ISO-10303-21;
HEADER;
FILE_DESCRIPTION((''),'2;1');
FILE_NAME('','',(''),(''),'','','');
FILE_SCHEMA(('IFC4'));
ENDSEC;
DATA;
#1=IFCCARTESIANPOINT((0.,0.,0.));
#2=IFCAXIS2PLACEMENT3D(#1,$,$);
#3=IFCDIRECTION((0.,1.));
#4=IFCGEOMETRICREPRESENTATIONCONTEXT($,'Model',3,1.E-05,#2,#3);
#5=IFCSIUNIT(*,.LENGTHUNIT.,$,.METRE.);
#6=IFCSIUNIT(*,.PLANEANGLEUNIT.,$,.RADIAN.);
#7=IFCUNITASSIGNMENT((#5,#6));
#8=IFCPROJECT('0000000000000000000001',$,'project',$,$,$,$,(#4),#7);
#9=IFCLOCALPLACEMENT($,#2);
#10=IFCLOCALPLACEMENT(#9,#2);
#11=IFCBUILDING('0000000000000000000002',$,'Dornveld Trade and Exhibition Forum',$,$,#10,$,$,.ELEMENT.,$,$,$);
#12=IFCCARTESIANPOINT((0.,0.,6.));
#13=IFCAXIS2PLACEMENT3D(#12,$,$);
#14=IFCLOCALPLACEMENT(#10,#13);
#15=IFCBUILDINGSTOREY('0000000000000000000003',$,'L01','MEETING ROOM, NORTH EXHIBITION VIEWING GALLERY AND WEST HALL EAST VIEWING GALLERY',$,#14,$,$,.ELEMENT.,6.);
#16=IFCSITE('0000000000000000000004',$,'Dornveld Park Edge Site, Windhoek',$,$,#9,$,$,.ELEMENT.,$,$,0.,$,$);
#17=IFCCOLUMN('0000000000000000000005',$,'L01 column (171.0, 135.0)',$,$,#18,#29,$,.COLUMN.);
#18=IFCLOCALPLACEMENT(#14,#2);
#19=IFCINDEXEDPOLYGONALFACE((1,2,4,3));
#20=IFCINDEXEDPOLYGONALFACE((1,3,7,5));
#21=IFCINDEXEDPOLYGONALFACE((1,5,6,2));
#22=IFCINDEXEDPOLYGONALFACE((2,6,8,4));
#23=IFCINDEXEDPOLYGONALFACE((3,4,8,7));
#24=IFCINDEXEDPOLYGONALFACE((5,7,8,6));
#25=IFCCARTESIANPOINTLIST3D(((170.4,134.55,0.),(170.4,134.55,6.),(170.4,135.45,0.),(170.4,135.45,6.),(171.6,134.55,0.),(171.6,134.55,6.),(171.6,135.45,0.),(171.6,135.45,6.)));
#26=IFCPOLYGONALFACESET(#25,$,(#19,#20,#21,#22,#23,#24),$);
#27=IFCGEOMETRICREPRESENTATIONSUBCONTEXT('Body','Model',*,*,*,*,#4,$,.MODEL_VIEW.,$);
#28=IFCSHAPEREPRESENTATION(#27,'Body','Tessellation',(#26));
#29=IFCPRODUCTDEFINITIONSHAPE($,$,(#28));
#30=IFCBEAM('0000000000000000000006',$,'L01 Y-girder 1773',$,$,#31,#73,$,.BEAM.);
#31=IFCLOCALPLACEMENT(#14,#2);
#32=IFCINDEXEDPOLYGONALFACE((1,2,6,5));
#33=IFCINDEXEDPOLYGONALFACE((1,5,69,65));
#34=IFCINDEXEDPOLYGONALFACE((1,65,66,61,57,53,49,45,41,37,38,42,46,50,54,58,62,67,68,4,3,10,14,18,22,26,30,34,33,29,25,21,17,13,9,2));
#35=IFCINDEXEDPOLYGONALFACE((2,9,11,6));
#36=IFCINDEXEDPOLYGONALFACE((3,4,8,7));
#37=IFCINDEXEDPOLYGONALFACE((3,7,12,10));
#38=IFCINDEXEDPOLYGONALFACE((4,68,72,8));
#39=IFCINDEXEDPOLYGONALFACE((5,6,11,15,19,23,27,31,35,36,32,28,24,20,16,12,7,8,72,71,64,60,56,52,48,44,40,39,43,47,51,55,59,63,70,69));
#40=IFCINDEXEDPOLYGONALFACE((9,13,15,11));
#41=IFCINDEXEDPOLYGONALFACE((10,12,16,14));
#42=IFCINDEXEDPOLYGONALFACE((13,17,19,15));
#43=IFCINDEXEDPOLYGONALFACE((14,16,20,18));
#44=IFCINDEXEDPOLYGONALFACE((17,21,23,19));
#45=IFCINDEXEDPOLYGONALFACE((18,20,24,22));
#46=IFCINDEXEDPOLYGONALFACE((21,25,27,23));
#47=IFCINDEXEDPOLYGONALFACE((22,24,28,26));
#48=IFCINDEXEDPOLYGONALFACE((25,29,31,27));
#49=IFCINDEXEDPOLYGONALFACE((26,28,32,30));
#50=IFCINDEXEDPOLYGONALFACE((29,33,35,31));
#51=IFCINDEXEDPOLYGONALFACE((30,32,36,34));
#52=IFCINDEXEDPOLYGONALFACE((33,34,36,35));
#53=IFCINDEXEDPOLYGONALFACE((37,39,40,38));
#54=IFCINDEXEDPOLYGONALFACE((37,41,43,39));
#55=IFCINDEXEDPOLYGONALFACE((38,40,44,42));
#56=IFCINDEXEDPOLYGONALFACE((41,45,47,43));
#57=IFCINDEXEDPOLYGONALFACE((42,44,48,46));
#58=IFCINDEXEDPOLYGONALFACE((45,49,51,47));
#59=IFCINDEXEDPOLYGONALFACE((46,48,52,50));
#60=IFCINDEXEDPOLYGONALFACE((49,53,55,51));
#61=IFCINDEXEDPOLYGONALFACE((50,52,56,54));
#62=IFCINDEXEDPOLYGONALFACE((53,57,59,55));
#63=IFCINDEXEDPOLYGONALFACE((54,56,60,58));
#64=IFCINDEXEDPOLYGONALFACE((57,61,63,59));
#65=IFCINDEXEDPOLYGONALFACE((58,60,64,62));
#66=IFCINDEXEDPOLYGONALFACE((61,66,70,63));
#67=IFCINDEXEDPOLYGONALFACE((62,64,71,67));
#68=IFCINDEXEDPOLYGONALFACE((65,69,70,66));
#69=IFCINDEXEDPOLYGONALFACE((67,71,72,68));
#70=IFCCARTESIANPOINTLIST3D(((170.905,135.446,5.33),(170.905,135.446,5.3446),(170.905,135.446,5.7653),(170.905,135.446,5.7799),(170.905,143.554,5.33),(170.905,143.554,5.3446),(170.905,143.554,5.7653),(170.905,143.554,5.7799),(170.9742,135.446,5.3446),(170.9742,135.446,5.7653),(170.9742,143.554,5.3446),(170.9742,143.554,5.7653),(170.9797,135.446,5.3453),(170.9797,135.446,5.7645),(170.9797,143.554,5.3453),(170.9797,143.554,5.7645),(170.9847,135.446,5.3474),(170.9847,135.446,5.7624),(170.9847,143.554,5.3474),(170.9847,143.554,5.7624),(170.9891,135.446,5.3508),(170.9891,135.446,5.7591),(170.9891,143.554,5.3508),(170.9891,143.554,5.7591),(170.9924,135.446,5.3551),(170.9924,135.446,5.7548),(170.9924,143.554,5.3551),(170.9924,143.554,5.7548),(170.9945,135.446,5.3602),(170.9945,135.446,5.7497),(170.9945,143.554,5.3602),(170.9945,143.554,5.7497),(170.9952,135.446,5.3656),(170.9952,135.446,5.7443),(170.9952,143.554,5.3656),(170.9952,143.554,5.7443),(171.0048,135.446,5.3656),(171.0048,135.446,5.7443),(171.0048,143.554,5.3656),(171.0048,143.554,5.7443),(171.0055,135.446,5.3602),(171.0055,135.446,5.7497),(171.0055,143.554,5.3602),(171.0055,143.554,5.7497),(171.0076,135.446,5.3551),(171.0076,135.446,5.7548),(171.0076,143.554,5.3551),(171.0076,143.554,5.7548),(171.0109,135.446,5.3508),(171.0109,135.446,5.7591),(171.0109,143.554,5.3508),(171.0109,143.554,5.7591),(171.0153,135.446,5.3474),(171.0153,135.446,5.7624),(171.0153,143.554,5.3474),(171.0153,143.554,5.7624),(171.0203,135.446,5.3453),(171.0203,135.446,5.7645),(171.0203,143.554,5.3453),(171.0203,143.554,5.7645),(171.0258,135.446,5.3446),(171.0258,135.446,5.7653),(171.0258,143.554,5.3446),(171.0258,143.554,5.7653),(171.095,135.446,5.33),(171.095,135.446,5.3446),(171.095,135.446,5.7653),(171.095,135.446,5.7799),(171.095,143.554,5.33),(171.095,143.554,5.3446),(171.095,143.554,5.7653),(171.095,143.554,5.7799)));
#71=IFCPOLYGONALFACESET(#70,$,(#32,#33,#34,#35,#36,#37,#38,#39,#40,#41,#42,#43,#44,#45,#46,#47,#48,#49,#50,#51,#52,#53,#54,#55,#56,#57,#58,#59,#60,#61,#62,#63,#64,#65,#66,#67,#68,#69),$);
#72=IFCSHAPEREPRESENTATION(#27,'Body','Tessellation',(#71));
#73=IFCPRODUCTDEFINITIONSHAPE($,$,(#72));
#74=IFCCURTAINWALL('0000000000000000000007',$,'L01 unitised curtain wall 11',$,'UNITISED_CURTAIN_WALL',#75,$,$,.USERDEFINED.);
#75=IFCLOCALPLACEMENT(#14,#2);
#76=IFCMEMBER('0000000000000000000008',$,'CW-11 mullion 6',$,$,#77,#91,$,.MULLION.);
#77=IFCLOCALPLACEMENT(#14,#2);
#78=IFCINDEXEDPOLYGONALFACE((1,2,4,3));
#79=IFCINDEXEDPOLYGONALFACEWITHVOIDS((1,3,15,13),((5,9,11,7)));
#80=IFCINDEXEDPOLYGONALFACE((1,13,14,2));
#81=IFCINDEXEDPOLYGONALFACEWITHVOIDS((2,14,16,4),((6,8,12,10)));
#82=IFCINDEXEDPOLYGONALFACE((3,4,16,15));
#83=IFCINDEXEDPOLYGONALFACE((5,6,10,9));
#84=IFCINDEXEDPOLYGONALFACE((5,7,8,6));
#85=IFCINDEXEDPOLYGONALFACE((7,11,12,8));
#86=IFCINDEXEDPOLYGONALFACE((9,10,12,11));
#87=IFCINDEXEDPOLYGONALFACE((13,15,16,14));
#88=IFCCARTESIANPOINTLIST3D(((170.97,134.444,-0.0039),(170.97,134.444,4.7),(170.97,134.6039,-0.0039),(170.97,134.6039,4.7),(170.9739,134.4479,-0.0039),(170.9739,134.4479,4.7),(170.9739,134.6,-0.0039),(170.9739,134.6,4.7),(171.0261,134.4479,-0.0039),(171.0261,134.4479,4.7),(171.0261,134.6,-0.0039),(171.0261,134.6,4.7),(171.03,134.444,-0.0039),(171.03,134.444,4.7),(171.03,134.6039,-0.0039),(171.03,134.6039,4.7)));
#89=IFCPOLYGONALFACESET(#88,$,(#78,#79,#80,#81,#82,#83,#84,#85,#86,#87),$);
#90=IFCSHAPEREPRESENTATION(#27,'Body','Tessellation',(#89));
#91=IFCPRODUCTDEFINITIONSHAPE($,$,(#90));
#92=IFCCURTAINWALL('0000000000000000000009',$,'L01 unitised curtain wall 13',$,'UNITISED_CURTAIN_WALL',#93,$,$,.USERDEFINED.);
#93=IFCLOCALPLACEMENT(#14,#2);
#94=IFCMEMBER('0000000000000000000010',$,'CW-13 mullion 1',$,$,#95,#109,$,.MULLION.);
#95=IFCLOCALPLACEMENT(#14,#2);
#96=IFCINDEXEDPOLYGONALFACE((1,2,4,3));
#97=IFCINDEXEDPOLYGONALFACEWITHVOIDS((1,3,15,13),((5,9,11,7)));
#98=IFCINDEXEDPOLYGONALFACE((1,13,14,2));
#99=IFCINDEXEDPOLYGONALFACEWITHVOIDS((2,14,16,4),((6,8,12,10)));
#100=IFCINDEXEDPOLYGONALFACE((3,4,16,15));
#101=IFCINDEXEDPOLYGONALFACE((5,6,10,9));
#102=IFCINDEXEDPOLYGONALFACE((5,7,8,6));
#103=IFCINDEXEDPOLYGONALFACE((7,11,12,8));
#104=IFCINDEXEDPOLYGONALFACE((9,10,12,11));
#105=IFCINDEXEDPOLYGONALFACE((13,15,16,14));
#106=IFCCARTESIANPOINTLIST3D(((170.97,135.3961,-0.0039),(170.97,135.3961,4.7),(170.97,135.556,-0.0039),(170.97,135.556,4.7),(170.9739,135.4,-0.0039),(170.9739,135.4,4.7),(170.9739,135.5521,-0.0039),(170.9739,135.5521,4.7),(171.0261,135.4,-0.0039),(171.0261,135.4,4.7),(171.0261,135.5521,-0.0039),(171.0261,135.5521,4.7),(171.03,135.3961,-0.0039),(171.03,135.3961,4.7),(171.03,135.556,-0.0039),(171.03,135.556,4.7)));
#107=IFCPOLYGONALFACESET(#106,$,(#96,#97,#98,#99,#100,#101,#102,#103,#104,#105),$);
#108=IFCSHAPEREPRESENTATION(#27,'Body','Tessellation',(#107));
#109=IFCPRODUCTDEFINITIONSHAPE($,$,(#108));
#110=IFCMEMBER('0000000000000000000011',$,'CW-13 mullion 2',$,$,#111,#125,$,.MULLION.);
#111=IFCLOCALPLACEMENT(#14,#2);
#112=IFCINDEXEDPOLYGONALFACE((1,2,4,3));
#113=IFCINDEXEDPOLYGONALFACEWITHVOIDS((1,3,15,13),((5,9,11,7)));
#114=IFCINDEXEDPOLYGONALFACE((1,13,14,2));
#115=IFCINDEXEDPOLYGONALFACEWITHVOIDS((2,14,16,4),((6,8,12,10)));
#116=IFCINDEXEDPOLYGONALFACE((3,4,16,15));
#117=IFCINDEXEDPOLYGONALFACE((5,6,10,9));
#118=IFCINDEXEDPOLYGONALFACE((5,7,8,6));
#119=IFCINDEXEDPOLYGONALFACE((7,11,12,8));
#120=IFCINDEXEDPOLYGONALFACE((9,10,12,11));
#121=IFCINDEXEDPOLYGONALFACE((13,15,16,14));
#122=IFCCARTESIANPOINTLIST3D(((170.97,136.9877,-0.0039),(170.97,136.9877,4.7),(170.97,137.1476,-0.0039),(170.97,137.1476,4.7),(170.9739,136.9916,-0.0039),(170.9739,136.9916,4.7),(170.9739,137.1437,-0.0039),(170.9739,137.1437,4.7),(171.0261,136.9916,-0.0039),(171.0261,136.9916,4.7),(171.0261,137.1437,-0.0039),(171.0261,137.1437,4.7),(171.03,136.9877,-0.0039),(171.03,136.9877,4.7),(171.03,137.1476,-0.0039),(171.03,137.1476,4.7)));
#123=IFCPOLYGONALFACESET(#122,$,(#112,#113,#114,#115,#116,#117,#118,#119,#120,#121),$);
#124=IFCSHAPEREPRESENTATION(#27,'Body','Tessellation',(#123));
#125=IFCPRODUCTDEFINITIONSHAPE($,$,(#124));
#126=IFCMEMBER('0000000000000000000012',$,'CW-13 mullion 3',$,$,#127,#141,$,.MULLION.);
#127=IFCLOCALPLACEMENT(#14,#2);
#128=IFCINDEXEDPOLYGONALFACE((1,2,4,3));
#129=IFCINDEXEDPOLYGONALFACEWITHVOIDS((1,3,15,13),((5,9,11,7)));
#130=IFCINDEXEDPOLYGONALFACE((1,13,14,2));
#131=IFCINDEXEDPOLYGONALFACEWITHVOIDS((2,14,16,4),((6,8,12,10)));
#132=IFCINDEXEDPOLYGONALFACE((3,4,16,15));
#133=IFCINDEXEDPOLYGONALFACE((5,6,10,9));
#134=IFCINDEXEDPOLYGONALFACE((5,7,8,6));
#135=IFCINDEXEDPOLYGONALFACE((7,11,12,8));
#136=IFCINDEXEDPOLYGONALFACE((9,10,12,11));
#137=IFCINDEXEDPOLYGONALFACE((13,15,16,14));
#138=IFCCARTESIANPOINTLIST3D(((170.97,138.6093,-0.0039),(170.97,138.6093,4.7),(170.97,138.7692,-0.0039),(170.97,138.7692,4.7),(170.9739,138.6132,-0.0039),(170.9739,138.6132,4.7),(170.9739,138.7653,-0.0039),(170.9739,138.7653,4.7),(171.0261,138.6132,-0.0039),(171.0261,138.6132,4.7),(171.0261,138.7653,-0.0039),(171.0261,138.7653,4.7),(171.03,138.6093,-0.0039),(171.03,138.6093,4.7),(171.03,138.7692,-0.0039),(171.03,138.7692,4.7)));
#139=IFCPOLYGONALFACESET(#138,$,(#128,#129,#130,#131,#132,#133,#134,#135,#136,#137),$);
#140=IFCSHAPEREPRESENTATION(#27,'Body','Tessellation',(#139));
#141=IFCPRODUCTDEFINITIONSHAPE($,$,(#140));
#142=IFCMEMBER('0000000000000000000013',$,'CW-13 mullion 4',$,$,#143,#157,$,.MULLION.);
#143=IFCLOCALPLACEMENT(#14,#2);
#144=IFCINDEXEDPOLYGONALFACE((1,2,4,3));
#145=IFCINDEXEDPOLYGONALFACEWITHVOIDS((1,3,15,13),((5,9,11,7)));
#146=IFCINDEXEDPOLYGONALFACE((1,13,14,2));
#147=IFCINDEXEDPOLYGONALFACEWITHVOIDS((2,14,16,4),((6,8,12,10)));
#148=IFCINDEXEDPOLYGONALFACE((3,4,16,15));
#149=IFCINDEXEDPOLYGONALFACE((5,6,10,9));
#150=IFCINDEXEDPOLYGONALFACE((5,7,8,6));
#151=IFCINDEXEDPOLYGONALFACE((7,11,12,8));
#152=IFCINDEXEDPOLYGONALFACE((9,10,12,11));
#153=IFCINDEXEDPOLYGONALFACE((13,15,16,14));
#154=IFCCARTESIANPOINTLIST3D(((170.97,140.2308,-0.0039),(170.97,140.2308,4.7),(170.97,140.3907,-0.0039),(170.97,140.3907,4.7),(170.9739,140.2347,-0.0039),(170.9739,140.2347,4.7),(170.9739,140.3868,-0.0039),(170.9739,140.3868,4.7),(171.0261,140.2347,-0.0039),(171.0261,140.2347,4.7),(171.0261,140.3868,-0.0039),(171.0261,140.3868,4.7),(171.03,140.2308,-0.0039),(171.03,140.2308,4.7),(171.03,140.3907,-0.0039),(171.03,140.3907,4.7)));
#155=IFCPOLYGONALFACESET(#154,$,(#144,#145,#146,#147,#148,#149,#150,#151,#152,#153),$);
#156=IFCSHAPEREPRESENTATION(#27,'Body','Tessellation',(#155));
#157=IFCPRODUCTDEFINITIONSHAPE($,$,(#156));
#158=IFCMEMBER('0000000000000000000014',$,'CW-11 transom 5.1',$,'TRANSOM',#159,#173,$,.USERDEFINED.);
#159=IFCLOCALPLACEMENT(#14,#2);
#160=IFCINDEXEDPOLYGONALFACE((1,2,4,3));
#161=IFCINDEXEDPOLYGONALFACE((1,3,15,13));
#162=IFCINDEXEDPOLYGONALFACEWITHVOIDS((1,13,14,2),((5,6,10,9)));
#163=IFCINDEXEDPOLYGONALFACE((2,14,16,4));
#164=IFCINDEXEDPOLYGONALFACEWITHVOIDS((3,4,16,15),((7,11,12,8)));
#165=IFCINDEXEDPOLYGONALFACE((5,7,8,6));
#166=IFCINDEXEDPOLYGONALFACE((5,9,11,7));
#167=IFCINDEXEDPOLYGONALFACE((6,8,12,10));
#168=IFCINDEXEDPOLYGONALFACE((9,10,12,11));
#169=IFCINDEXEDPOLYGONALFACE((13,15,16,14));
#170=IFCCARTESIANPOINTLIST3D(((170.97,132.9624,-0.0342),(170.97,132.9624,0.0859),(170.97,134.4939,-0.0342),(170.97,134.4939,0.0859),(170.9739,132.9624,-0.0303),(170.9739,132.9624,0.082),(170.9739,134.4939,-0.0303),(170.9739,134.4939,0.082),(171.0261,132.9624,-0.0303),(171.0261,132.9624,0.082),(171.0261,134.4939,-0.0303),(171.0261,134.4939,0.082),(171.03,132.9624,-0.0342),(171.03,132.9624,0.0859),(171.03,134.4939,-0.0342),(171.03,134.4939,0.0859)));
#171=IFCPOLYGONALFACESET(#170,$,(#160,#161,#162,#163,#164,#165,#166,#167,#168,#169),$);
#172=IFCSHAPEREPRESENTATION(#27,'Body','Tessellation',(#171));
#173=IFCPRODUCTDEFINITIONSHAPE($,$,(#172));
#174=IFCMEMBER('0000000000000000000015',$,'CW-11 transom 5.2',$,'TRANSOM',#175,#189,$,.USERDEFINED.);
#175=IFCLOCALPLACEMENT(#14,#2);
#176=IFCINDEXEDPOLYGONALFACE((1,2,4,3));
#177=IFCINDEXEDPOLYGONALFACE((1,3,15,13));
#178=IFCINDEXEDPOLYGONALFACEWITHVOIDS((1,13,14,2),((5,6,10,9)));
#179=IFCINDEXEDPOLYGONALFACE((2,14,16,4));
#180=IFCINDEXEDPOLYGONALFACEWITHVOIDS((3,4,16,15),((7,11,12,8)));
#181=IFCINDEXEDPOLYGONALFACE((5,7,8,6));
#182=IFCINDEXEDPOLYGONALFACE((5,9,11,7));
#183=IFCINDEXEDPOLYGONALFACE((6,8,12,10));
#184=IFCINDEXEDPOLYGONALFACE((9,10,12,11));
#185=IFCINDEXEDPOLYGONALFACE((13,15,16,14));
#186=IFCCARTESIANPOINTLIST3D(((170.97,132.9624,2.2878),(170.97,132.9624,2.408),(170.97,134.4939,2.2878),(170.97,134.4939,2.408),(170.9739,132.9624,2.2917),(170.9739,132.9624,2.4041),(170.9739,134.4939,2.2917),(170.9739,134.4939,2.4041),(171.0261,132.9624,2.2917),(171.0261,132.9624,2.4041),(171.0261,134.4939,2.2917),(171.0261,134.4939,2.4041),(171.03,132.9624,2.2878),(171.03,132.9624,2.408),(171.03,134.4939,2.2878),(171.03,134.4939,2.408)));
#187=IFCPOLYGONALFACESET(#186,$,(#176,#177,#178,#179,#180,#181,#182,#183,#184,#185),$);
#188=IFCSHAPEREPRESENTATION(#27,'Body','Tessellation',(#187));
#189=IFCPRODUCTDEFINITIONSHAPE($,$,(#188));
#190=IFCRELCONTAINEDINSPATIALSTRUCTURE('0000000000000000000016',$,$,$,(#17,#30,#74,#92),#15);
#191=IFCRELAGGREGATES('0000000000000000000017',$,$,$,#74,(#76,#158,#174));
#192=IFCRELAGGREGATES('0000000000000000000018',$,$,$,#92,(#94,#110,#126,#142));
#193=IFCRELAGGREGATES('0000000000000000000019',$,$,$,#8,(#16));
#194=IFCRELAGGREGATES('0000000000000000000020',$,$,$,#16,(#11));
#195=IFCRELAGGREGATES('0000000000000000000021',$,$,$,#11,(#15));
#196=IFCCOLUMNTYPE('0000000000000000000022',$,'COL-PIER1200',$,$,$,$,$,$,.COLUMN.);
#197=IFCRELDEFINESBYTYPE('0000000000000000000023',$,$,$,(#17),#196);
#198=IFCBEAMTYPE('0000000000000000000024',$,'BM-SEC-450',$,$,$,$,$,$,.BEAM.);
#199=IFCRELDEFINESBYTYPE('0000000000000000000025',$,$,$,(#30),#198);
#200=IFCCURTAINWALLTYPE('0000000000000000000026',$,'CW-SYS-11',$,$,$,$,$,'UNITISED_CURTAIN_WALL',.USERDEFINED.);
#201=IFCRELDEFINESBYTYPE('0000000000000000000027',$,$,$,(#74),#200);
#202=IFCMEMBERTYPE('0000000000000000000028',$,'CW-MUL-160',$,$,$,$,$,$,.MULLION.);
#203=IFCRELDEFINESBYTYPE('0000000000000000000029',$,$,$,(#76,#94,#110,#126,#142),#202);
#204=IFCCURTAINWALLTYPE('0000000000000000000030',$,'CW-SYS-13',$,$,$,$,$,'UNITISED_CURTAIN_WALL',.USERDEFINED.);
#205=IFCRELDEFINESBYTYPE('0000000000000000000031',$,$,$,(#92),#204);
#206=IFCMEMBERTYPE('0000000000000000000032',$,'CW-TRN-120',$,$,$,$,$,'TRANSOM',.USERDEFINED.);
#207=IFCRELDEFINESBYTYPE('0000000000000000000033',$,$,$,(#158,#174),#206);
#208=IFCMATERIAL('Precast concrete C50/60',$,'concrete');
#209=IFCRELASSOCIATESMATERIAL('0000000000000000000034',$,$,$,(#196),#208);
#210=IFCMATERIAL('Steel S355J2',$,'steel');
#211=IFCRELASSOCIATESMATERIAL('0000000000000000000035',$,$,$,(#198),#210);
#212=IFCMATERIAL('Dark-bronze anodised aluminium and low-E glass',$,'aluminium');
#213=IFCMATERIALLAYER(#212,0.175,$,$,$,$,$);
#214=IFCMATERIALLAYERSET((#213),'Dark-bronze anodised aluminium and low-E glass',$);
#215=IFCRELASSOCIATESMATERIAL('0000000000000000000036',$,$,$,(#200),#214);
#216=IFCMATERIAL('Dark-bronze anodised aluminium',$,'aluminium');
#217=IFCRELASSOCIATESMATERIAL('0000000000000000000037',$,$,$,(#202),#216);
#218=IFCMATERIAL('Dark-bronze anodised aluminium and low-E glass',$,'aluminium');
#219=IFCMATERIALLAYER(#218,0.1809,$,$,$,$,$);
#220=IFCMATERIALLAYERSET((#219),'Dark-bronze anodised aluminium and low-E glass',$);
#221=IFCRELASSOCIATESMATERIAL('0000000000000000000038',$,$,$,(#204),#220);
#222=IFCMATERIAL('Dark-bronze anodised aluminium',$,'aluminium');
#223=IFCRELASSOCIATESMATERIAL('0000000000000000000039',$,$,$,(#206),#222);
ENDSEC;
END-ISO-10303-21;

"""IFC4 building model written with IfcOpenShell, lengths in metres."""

from ifc_helpers import new_model, si_unit, direction, frame, origin, origin_2d, place, context, subcontext, project, spatial, rectangle, hollow_rectangle, i_section, extrude, material, layer, layer_set, material_profile, profile_set, type_object, element, aggregate, save


model = new_model("IFC4")

# Units and contexts
model_context = context("Model", 3, precision=1e-05, world=origin(), true_north=direction((0.0, 1.0)))
body_context = subcontext(model_context, "Body", "Model", "MODEL_VIEW")
ifc_project = project(units=[si_unit("LENGTHUNIT", "METRE"), si_unit("PLANEANGLEUNIT", "RADIAN")], contexts=[model_context])

# Site, building, storey
site_placement = place(None, origin())
site = spatial("IfcSite", under=ifc_project, at=site_placement, Name="Dornveld Park Edge Site, Windhoek", CompositionType="ELEMENT", RefElevation=0.0)
building_placement = place(site_placement, origin())
building = spatial("IfcBuilding", under=site, at=building_placement, Name="Dornveld Trade and Exhibition Forum", CompositionType="ELEMENT")
storey_placement = place(building_placement, frame((0.0, 0.0, 6.0)))
storey = spatial("IfcBuildingStorey", under=building, at=storey_placement, Name="L01", Description="MEETING ROOM, NORTH EXHIBITION VIEWING GALLERY AND WEST HALL EAST VIEWING GALLERY", CompositionType="ELEMENT", Elevation=6.0)

# Column
ifc_material_1 = material(Name="Precast concrete C50/60", Category="concrete")
ifc_material_profile_1 = material_profile(ifc_material_1, rectangle(XDim=1.2, YDim=0.8999, at=origin_2d()), Name="PC-PIER 1200x900")
ifc_profile_set_1 = profile_set([ifc_material_profile_1], Name="Precast concrete C50/60")
column_type = type_object("IfcColumnType", Name="COL-PIER1200", PredefinedType="COLUMN", material=ifc_profile_set_1)
column_placement = place(storey_placement, frame((171.0, 135.0, 0.0), z_axis=(0.0, 0.0, 1.0), x_axis=(1.0, 0.0, 0.0)))
element("IfcColumn", 1, at=column_placement, inside=storey, type_object=column_type, Name="L01 column (171.0, 135.0)", PredefinedType="COLUMN", context=body_context, shape_type="SweptSolid", body=[
    extrude(rectangle(XDim=1.2, YDim=0.8999, at=origin_2d()), origin(), (0.0, 0.0, 1.0), 6.0),
])

# Beam
ifc_material_2 = material(Name="Steel S355J2", Category="steel")
ifc_material_profile_2 = material_profile(ifc_material_2, i_section(OverallWidth=0.1899, OverallDepth=0.45, WebThickness=0.0095, FlangeThickness=0.0146, FilletRadius=0.021, at=origin_2d()), Name="IPE 450")
ifc_profile_set_2 = profile_set([ifc_material_profile_2], Name="Steel S355J2")
beam_type = type_object("IfcBeamType", Name="BM-SEC-450", PredefinedType="BEAM", material=ifc_profile_set_2)
beam_placement = place(storey_placement, frame((171.0, 135.446, 5.5549), z_axis=(0.0, 1.0, 0.0), x_axis=(-1.0, 0.0, 0.0)))
element("IfcBeam", 2, at=beam_placement, inside=storey, type_object=beam_type, Name="L01 Y-girder 1773", PredefinedType="BEAM", context=body_context, shape_type="SweptSolid", body=[
    extrude(i_section(OverallWidth=0.1899, OverallDepth=0.45, WebThickness=0.0095, FlangeThickness=0.0146, FilletRadius=0.021, at=origin_2d()), origin(), (0.0, 0.0, 1.0), 8.1079),
])

# Curtain wall, member
ifc_material_3 = material(Name="Dark-bronze anodised aluminium and low-E glass", Category="aluminium")
ifc_layer_1 = layer(ifc_material_3, 0.175)
ifc_layer_set_1 = layer_set([ifc_layer_1], Name="Dark-bronze anodised aluminium and low-E glass")
curtain_wall_type_1 = type_object("IfcCurtainWallType", Name="CW-SYS-11", ElementType="UNITISED_CURTAIN_WALL", PredefinedType="USERDEFINED", material=ifc_layer_set_1)
curtain_wall_1_placement = place(storey_placement, origin())
curtain_wall_1 = element("IfcCurtainWall", 3, at=curtain_wall_1_placement, inside=storey, type_object=curtain_wall_type_1, Name="L01 unitised curtain wall 11", ObjectType="UNITISED_CURTAIN_WALL", PredefinedType="USERDEFINED")
ifc_material_4 = material(Name="Dark-bronze anodised aluminium", Category="aluminium")
ifc_material_profile_3 = material_profile(ifc_material_4, hollow_rectangle(XDim=0.0601, YDim=0.1599, WallThickness=0.0039, at=origin_2d()), Name="RHS 160x60x4")
ifc_profile_set_3 = profile_set([ifc_material_profile_3], Name="Dark-bronze anodised aluminium")
member_type_1 = type_object("IfcMemberType", Name="CW-MUL-160", PredefinedType="MULLION", material=ifc_profile_set_3)
member_1_placement = place(storey_placement, frame((171.0, 134.5239, -0.0039), z_axis=(0.0, 0.0, 1.0), x_axis=(-1.0, 0.0, 0.0)))
member_1 = element("IfcMember", 4, at=member_1_placement, type_object=member_type_1, Name="CW-11 mullion 6", PredefinedType="MULLION", context=body_context, shape_type="SweptSolid", body=[
    extrude(hollow_rectangle(XDim=0.0601, YDim=0.1599, WallThickness=0.0039, at=origin_2d()), origin(), (0.0, 0.0, 1.0), 4.7039),
])

# Curtain wall, members
ifc_material_5 = material(Name="Dark-bronze anodised aluminium and low-E glass", Category="aluminium")
ifc_layer_2 = layer(ifc_material_5, 0.1809)
ifc_layer_set_2 = layer_set([ifc_layer_2], Name="Dark-bronze anodised aluminium and low-E glass")
curtain_wall_type_2 = type_object("IfcCurtainWallType", Name="CW-SYS-13", ElementType="UNITISED_CURTAIN_WALL", PredefinedType="USERDEFINED", material=ifc_layer_set_2)
curtain_wall_2_placement = place(storey_placement, origin())
curtain_wall_2 = element("IfcCurtainWall", 5, at=curtain_wall_2_placement, inside=storey, type_object=curtain_wall_type_2, Name="L01 unitised curtain wall 13", ObjectType="UNITISED_CURTAIN_WALL", PredefinedType="USERDEFINED")
member_2_placement = place(storey_placement, frame((171.0, 135.4761, -0.0039), z_axis=(0.0, 0.0, 1.0), x_axis=(-1.0, 0.0, 0.0)))
member_2 = element("IfcMember", 6, at=member_2_placement, type_object=member_type_1, Name="CW-13 mullion 1", PredefinedType="MULLION", context=body_context, shape_type="SweptSolid", body=[
    extrude(hollow_rectangle(XDim=0.0601, YDim=0.1599, WallThickness=0.0039, at=origin_2d()), origin(), (0.0, 0.0, 1.0), 4.7039),
])
member_3_placement = place(storey_placement, frame((171.0, 137.0676, -0.0039), z_axis=(0.0, 0.0, 1.0), x_axis=(-1.0, 0.0, 0.0)))
member_3 = element("IfcMember", 7, at=member_3_placement, type_object=member_type_1, Name="CW-13 mullion 2", PredefinedType="MULLION", context=body_context, shape_type="SweptSolid", body=[
    extrude(hollow_rectangle(XDim=0.0601, YDim=0.1599, WallThickness=0.0039, at=origin_2d()), origin(), (0.0, 0.0, 1.0), 4.7039),
])
member_4_placement = place(storey_placement, frame((171.0, 138.6892, -0.0039), z_axis=(0.0, 0.0, 1.0), x_axis=(-1.0, 0.0, 0.0)))
member_4 = element("IfcMember", 8, at=member_4_placement, type_object=member_type_1, Name="CW-13 mullion 3", PredefinedType="MULLION", context=body_context, shape_type="SweptSolid", body=[
    extrude(hollow_rectangle(XDim=0.0601, YDim=0.1599, WallThickness=0.0039, at=origin_2d()), origin(), (0.0, 0.0, 1.0), 4.7039),
])
member_5_placement = place(storey_placement, frame((171.0, 140.3108, -0.0039), z_axis=(0.0, 0.0, 1.0), x_axis=(-1.0, 0.0, 0.0)))
member_5 = element("IfcMember", 9, at=member_5_placement, type_object=member_type_1, Name="CW-13 mullion 4", PredefinedType="MULLION", context=body_context, shape_type="SweptSolid", body=[
    extrude(hollow_rectangle(XDim=0.0601, YDim=0.1599, WallThickness=0.0039, at=origin_2d()), origin(), (0.0, 0.0, 1.0), 4.7039),
])

# Members
ifc_material_6 = material(Name="Dark-bronze anodised aluminium", Category="aluminium")
ifc_material_profile_4 = material_profile(ifc_material_6, hollow_rectangle(XDim=0.0601, YDim=0.1201, WallThickness=0.0039, at=origin_2d()), Name="RHS 120x60x4")
ifc_profile_set_4 = profile_set([ifc_material_profile_4], Name="Dark-bronze anodised aluminium")
member_type_2 = type_object("IfcMemberType", Name="CW-TRN-120", ElementType="TRANSOM", PredefinedType="USERDEFINED", material=ifc_profile_set_4)
member_6_placement = place(storey_placement, frame((171.0, 132.9624, 0.0259), z_axis=(0.0, 1.0, 0.0), x_axis=(-1.0, 0.0, 0.0)))
member_6 = element("IfcMember", 10, at=member_6_placement, type_object=member_type_2, Name="CW-11 transom 5.1", ObjectType="TRANSOM", PredefinedType="USERDEFINED", context=body_context, shape_type="SweptSolid", body=[
    extrude(hollow_rectangle(XDim=0.0601, YDim=0.1201, WallThickness=0.0039, at=origin_2d()), origin(), (0.0, 0.0, 1.0), 1.5315),
])
member_7_placement = place(storey_placement, frame((171.0, 132.9624, 2.3479), z_axis=(0.0, 1.0, 0.0), x_axis=(-1.0, 0.0, 0.0)))
member_7 = element("IfcMember", 11, at=member_7_placement, type_object=member_type_2, Name="CW-11 transom 5.2", ObjectType="TRANSOM", PredefinedType="USERDEFINED", context=body_context, shape_type="SweptSolid", body=[
    extrude(hollow_rectangle(XDim=0.0601, YDim=0.1201, WallThickness=0.0039, at=origin_2d()), origin(), (0.0, 0.0, 1.0), 1.5315),
])

aggregate(curtain_wall_1, [member_1, member_6, member_7])
aggregate(curtain_wall_2, [member_2, member_3, member_4, member_5])

save(model, "model.ifc")
